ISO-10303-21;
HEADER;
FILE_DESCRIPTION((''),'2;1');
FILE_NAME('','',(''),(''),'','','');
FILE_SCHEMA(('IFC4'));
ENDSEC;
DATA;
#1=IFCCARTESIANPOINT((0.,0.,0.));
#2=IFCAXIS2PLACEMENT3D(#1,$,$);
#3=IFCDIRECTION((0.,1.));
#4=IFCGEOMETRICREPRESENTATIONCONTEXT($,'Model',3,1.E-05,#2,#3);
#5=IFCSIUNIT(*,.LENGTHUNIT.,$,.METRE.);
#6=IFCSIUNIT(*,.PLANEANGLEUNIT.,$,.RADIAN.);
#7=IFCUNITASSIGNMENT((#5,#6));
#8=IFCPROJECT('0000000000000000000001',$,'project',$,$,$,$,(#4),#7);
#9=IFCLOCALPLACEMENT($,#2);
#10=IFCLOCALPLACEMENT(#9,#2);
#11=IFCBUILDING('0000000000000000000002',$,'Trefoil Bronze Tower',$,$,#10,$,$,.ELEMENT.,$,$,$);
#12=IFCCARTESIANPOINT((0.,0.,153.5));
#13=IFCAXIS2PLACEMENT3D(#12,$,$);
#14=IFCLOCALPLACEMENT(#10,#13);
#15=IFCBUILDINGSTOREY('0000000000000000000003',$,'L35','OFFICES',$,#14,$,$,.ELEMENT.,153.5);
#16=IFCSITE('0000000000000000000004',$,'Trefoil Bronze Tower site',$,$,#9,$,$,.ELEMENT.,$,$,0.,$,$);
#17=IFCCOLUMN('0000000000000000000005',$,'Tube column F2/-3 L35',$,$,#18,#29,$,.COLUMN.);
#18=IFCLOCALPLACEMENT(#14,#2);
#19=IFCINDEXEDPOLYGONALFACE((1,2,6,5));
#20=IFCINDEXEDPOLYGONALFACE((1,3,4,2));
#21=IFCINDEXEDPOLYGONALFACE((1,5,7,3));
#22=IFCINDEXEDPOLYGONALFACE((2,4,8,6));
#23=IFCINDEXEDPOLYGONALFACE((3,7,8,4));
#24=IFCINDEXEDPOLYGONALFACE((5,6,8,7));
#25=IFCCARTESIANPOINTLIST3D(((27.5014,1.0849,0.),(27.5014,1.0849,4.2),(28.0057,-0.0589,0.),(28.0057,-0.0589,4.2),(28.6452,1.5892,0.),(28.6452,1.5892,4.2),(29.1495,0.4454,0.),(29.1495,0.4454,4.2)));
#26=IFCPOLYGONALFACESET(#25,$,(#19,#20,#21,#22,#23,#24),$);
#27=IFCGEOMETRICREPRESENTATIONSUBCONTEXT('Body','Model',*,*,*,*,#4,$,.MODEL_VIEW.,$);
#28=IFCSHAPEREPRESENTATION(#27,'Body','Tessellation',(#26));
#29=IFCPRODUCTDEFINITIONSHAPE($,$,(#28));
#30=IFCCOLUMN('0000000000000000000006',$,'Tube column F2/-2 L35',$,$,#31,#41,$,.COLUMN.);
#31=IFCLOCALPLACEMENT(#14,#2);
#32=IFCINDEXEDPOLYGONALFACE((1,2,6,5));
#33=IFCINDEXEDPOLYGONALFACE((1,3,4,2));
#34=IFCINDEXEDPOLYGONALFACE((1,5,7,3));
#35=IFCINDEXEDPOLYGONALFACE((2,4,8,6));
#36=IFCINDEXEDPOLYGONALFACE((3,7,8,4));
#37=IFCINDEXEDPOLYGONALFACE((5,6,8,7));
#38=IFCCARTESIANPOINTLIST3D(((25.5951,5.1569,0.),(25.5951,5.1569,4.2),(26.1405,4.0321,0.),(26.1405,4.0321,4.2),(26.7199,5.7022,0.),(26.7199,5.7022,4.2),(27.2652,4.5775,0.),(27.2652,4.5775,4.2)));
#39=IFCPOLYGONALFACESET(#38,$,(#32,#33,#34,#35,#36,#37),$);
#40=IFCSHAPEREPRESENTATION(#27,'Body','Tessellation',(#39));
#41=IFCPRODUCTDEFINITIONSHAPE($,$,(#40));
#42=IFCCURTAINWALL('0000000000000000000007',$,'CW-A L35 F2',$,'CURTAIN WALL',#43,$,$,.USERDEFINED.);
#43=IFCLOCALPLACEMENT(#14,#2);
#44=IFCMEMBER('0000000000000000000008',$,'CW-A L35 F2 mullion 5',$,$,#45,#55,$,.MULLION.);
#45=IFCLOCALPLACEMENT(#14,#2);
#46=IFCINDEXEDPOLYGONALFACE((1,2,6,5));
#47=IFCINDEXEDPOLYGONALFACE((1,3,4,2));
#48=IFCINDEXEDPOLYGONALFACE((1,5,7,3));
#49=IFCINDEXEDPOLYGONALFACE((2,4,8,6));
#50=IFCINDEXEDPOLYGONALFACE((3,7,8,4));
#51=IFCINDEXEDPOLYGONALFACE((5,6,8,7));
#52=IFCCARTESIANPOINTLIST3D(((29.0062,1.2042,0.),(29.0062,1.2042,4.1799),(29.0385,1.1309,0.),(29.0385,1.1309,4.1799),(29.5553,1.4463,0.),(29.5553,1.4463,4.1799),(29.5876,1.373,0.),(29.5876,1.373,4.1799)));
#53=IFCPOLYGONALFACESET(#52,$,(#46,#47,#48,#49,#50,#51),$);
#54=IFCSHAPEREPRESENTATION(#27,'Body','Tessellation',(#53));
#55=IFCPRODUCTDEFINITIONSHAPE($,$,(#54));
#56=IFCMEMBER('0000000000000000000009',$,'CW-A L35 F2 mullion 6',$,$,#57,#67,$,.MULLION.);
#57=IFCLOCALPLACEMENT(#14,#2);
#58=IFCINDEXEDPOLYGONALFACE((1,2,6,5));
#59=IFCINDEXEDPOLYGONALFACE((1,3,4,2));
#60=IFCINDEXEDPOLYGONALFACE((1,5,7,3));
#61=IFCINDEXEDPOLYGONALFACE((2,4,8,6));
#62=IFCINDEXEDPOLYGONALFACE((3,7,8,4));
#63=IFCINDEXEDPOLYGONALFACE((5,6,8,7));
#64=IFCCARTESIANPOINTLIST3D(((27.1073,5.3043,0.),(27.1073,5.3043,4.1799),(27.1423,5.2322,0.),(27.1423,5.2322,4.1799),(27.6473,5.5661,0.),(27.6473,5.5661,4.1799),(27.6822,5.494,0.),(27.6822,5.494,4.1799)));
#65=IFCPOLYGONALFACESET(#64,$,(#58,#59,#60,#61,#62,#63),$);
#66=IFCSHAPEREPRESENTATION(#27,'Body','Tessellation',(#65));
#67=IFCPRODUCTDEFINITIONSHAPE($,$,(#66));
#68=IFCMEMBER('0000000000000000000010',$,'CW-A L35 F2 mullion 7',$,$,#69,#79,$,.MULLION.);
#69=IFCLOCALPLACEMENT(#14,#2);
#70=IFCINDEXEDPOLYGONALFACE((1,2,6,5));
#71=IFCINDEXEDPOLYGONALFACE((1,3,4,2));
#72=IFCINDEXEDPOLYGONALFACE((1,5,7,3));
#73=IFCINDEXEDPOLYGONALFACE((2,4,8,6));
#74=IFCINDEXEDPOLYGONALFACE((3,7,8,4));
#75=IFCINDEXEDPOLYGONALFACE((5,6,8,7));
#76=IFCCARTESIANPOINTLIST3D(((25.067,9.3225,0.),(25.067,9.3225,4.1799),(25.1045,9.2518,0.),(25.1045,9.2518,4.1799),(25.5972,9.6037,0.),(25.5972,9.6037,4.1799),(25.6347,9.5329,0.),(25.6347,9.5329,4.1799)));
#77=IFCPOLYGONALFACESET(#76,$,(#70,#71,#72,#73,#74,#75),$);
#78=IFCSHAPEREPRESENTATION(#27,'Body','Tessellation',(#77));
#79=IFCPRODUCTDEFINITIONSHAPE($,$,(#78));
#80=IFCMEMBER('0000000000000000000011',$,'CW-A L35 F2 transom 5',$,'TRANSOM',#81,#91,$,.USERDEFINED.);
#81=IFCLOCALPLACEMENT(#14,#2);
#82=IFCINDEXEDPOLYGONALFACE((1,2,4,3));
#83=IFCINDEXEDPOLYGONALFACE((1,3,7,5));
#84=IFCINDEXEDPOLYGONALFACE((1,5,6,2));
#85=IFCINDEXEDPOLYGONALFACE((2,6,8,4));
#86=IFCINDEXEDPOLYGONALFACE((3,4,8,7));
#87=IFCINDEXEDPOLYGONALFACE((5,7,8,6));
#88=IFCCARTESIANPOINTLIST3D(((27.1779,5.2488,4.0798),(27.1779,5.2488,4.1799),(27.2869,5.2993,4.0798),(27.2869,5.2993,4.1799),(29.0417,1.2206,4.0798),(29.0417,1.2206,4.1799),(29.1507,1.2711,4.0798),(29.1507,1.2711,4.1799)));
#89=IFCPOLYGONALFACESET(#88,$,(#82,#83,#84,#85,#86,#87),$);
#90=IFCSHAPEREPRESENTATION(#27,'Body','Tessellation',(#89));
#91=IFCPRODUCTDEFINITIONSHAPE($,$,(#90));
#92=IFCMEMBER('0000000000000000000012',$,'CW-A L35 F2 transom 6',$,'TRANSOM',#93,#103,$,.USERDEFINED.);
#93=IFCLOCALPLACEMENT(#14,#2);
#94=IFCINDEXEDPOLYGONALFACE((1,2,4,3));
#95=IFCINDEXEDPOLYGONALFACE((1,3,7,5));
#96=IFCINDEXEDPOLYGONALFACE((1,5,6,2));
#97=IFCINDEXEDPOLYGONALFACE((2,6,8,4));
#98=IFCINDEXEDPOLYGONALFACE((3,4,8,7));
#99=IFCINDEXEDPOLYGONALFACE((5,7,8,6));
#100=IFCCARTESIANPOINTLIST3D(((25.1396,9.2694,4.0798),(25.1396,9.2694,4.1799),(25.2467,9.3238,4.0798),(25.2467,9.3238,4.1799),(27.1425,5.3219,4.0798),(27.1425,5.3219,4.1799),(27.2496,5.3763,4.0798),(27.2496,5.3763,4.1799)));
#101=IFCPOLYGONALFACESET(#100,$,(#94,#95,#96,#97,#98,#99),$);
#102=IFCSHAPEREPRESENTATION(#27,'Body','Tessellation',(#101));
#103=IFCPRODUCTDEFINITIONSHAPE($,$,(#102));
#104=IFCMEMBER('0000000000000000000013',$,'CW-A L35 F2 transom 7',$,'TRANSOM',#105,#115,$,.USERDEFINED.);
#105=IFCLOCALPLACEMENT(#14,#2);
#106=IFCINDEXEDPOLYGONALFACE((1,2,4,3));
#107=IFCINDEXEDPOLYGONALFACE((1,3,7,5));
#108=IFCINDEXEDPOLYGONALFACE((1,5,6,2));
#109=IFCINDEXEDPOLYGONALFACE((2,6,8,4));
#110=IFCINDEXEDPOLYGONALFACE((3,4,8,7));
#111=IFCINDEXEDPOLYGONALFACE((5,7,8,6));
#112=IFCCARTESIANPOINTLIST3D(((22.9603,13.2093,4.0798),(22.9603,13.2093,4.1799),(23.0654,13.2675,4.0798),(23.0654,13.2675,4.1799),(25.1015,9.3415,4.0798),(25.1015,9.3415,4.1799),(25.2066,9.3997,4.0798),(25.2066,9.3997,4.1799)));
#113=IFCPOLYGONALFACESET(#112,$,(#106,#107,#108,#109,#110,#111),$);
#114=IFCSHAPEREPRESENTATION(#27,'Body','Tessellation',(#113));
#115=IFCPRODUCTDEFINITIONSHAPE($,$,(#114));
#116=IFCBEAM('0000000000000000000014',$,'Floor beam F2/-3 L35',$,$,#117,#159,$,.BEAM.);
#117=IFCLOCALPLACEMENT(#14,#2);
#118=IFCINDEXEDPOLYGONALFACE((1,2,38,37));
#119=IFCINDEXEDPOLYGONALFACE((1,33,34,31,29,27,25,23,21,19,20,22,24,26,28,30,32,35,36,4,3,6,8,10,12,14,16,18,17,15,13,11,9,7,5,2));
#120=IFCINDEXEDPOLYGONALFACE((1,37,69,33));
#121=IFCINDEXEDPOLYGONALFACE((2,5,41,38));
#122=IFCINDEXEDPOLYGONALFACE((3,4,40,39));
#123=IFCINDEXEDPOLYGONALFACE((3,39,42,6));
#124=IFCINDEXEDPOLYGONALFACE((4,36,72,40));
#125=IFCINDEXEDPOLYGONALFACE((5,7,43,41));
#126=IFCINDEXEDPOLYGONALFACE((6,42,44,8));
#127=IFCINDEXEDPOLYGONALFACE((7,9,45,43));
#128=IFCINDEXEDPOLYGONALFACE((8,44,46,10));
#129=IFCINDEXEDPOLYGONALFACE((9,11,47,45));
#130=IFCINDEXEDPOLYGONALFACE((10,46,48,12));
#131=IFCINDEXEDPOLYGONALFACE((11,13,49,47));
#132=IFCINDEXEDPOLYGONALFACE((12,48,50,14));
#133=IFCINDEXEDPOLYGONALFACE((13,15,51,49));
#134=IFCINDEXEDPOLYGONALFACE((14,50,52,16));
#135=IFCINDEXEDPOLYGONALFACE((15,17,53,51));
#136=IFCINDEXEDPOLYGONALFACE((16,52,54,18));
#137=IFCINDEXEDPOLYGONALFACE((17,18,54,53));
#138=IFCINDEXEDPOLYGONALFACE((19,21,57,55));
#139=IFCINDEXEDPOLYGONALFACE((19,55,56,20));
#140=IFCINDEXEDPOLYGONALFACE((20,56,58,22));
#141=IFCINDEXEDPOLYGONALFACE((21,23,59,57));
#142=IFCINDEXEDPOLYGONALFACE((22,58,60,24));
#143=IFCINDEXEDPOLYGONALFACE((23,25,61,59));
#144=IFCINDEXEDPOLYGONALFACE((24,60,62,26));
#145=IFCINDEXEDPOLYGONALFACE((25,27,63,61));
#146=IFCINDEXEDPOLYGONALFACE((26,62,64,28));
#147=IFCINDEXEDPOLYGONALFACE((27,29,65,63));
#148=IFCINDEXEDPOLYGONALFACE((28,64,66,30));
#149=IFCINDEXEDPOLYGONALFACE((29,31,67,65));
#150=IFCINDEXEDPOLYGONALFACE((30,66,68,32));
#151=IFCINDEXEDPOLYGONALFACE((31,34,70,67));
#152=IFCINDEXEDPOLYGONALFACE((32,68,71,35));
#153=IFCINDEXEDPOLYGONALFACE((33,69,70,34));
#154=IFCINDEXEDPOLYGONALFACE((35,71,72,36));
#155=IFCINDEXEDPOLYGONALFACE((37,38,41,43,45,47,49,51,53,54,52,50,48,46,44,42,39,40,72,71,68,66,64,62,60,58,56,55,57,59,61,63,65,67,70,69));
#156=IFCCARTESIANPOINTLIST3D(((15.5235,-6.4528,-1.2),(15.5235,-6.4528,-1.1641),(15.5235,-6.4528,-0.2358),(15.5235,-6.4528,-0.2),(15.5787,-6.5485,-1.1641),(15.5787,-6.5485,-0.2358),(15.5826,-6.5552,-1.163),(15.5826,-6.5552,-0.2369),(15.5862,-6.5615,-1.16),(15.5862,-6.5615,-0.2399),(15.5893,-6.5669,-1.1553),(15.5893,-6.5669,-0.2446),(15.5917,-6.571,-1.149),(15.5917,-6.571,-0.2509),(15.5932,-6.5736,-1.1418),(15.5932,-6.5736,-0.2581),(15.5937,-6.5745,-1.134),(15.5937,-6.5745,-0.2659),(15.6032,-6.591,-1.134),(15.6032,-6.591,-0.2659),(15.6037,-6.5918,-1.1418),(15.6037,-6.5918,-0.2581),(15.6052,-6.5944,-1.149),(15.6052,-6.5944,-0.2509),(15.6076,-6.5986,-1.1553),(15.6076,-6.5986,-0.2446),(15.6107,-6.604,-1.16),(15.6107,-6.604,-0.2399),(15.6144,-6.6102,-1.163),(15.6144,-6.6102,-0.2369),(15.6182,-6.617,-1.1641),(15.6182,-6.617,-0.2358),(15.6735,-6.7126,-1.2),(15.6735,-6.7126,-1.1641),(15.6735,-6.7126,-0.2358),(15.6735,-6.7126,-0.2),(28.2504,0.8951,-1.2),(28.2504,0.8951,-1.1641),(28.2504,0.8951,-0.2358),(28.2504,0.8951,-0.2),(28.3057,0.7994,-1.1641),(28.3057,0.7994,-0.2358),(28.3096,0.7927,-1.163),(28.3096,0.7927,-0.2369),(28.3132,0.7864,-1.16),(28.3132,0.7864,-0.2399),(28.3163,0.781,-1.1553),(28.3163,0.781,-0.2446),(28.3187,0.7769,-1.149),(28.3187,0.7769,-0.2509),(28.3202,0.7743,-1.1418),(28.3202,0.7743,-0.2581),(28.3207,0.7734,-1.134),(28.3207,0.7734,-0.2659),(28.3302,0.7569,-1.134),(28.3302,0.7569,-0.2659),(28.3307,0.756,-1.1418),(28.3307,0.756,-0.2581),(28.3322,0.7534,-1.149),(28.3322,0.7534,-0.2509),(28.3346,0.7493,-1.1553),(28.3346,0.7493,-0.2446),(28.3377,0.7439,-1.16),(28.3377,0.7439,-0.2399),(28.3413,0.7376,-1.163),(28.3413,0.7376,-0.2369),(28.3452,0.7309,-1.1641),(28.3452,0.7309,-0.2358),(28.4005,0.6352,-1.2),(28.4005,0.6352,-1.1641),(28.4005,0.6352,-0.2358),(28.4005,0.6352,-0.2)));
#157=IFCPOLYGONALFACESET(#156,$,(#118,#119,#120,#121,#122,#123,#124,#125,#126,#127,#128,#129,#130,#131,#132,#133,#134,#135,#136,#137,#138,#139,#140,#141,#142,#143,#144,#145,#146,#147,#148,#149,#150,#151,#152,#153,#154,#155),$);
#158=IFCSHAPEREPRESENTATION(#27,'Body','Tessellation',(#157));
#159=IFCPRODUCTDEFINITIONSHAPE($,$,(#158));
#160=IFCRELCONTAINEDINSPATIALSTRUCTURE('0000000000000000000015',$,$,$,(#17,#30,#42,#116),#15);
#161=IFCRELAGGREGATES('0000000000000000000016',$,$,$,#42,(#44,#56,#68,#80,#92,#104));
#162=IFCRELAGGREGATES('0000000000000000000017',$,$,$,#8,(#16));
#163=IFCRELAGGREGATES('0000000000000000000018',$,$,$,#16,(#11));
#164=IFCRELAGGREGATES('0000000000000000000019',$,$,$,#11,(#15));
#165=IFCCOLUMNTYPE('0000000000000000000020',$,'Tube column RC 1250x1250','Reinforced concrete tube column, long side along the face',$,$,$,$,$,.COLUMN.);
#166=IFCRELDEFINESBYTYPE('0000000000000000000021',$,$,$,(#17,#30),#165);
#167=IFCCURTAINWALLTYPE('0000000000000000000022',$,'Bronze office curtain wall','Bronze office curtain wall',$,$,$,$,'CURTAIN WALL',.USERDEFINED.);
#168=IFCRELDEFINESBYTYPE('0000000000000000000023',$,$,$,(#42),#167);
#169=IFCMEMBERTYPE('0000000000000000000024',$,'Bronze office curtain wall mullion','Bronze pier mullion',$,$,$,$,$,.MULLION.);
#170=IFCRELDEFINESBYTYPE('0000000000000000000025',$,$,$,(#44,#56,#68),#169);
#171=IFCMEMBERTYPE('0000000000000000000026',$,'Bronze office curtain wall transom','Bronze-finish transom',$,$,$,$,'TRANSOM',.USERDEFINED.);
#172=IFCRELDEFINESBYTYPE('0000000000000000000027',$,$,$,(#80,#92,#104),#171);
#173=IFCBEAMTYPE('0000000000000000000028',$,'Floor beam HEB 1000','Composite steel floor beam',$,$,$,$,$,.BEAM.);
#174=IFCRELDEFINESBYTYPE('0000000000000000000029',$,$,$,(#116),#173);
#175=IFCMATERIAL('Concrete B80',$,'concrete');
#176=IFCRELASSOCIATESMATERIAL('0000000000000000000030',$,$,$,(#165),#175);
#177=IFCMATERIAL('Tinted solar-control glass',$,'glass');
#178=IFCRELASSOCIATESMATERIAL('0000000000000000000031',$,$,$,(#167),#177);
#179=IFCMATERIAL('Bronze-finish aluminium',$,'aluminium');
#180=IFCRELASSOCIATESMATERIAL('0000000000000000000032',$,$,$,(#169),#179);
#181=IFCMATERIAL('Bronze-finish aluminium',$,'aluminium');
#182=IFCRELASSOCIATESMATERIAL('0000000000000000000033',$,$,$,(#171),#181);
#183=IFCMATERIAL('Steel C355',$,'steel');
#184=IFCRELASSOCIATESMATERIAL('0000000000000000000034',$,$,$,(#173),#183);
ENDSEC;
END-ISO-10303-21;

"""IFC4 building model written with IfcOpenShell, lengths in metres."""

from ifc_helpers import new_model, si_unit, direction, frame, origin, origin_2d, place, context, subcontext, project, spatial, rectangle, i_section, extrude, material, material_profile, profile_set, type_object, element, aggregate, save


model = new_model("IFC4")

# Units and contexts
model_context = context("Model", 3, precision=1e-05, world=origin(), true_north=direction((0.0, 1.0)))
body_context = subcontext(model_context, "Body", "Model", "MODEL_VIEW")
ifc_project = project(units=[si_unit("LENGTHUNIT", "METRE"), si_unit("PLANEANGLEUNIT", "RADIAN")], contexts=[model_context])

# Site, building, storey
site_placement = place(None, origin())
site = spatial("IfcSite", under=ifc_project, at=site_placement, Name="Trefoil Bronze Tower site", CompositionType="ELEMENT", RefElevation=0.0)
building_placement = place(site_placement, origin())
building = spatial("IfcBuilding", under=site, at=building_placement, Name="Trefoil Bronze Tower", CompositionType="ELEMENT")
storey_placement = place(building_placement, frame((0.0, 0.0, 153.5)))
storey = spatial("IfcBuildingStorey", under=building, at=storey_placement, Name="L35", Description="OFFICES", CompositionType="ELEMENT", Elevation=153.5)

# Columns
ifc_material_1 = material(Name="Concrete B80", Category="concrete")
ifc_material_profile_1 = material_profile(ifc_material_1, rectangle(XDim=1.25, YDim=1.25, at=origin_2d()), Name="RC 1250x1250")
ifc_profile_set_1 = profile_set([ifc_material_profile_1], Name="Concrete B80")
column_type = type_object("IfcColumnType", Name="Tube column RC 1250x1250", Description="Reinforced concrete tube column, long side along the face", PredefinedType="COLUMN", material=ifc_profile_set_1)
for number, where, z_axis, x_axis, name in (
    (1, (28.3254, 0.7651, 0.0), (0.0, 0.0, 1.0), (-0.403412, 0.915018, 0.0), "Tube column F2/-3 L35"),
    (2, (26.4302, 4.8672, 0.0), (0.0, 0.0, 1.0), (-0.436262, 0.89982, 0.0), "Tube column F2/-2 L35"),
):
    element("IfcColumn", number, at=place(storey_placement, frame(where, z_axis=z_axis, x_axis=x_axis)), inside=storey, type_object=column_type, Name=name, PredefinedType="COLUMN", context=body_context, shape_type="SweptSolid", body=[
        extrude(rectangle(XDim=1.25, YDim=1.25, at=origin_2d()), origin(), (0.0, 0.0, 1.0), 4.2),
    ])

# Curtain wall, members
ifc_material_2 = material(Name="Tinted solar-control glass", Category="glass")
curtain_wall_type = type_object("IfcCurtainWallType", Name="Bronze office curtain wall", Description="Bronze office curtain wall", ElementType="CURTAIN WALL", PredefinedType="USERDEFINED", material=ifc_material_2)
curtain_wall_placement = place(storey_placement, origin())
curtain_wall = element("IfcCurtainWall", 3, at=curtain_wall_placement, inside=storey, type_object=curtain_wall_type, Name="CW-A L35 F2", ObjectType="CURTAIN WALL", PredefinedType="USERDEFINED")
ifc_material_3 = material(Name="Bronze-finish aluminium", Category="aluminium")
ifc_material_profile_2 = material_profile(ifc_material_3, rectangle(XDim=0.6001, YDim=0.0801, at=origin_2d()), Name="CW-A mullion")
ifc_profile_set_2 = profile_set([ifc_material_profile_2], Name="Bronze-finish aluminium")
member_type_1 = type_object("IfcMemberType", Name="Bronze office curtain wall mullion", Description="Bronze pier mullion", PredefinedType="MULLION", material=ifc_profile_set_2)
member_1_placement = place(storey_placement, frame((29.2969, 1.2886, 0.0), z_axis=(0.0, 0.0, 1.0), x_axis=(-0.915018, -0.403412, 0.0)))
member_1 = element("IfcMember", 4, at=member_1_placement, type_object=member_type_1, Name="CW-A L35 F2 mullion 5", PredefinedType="MULLION", context=body_context, shape_type="SweptSolid", body=[
    extrude(rectangle(XDim=0.6001, YDim=0.0801, at=origin_2d()), origin(), (0.0, 0.0, 1.0), 4.1799),
])
member_2_placement = place(storey_placement, frame((27.3948, 5.3992, 0.0), z_axis=(0.0, 0.0, 1.0), x_axis=(-0.89982, -0.436262, 0.0)))
member_2 = element("IfcMember", 5, at=member_2_placement, type_object=member_type_1, Name="CW-A L35 F2 mullion 6", PredefinedType="MULLION", context=body_context, shape_type="SweptSolid", body=[
    extrude(rectangle(XDim=0.6001, YDim=0.0801, at=origin_2d()), origin(), (0.0, 0.0, 1.0), 4.1799),
])
member_3_placement = place(storey_placement, frame((25.3508, 9.4277, 0.0), z_axis=(0.0, 0.0, 1.0), x_axis=(-0.883486, -0.468457, 0.0)))
member_3 = element("IfcMember", 6, at=member_3_placement, type_object=member_type_1, Name="CW-A L35 F2 mullion 7", PredefinedType="MULLION", context=body_context, shape_type="SweptSolid", body=[
    extrude(rectangle(XDim=0.6001, YDim=0.0801, at=origin_2d()), origin(), (0.0, 0.0, 1.0), 4.1799),
])
ifc_material_4 = material(Name="Bronze-finish aluminium", Category="aluminium")
ifc_material_profile_3 = material_profile(ifc_material_4, rectangle(XDim=0.1201, YDim=0.1001, at=origin_2d()), Name="CW-A transom")
ifc_profile_set_3 = profile_set([ifc_material_profile_3], Name="Bronze-finish aluminium")
member_type_2 = type_object("IfcMemberType", Name="Bronze office curtain wall transom", Description="Bronze-finish transom", ElementType="TRANSOM", PredefinedType="USERDEFINED", material=ifc_profile_set_3)
member_4_placement = place(storey_placement, frame((29.0962, 1.2458, 4.1299), z_axis=(-0.419923, 0.90756, 0.0), x_axis=(-0.90756, -0.419923, 0.0)))
member_4 = element("IfcMember", 7, at=member_4_placement, type_object=member_type_2, Name="CW-A L35 F2 transom 5", ObjectType="TRANSOM", PredefinedType="USERDEFINED", context=body_context, shape_type="SweptSolid", body=[
    extrude(rectangle(XDim=0.1201, YDim=0.1001, at=origin_2d()), origin(), (0.0, 0.0, 1.0), 4.4385),
])
member_5_placement = place(storey_placement, frame((27.196, 5.3491, 4.1299), z_axis=(-0.452478, 0.891775, 0.0), x_axis=(-0.891775, -0.452478, 0.0)))
member_5 = element("IfcMember", 8, at=member_5_placement, type_object=member_type_2, Name="CW-A L35 F2 transom 6", ObjectType="TRANSOM", PredefinedType="USERDEFINED", context=body_context, shape_type="SweptSolid", body=[
    extrude(rectangle(XDim=0.1201, YDim=0.1001, at=origin_2d()), origin(), (0.0, 0.0, 1.0), 4.4265),
])
member_6_placement = place(storey_placement, frame((25.1541, 9.3706, 4.1299), z_axis=(-0.484329, 0.874886, 0.0), x_axis=(-0.874886, -0.484329, 0.0)))
member_6 = element("IfcMember", 9, at=member_6_placement, type_object=member_type_2, Name="CW-A L35 F2 transom 7", ObjectType="TRANSOM", PredefinedType="USERDEFINED", context=body_context, shape_type="SweptSolid", body=[
    extrude(rectangle(XDim=0.1201, YDim=0.1001, at=origin_2d()), origin(), (0.0, 0.0, 1.0), 4.4209),
])

# Beam
ifc_material_5 = material(Name="Steel C355", Category="steel")
ifc_material_profile_4 = material_profile(ifc_material_5, i_section(OverallWidth=0.3, OverallDepth=1.0, WebThickness=0.019, FlangeThickness=0.0359, FilletRadius=0.03, at=origin_2d()), Name="HEB 1000")
ifc_profile_set_4 = profile_set([ifc_material_profile_4], Name="Steel C355")
beam_type_1 = type_object("IfcBeamType", Name="Floor beam HEB 1000", Description="Composite steel floor beam", PredefinedType="BEAM", material=ifc_profile_set_4)
beam_1_placement = place(storey_placement, frame((28.3254, 0.7651, -0.7), z_axis=(-0.866027, -0.499997, 0.0), x_axis=(0.499997, -0.866027, 0.0)))
element("IfcBeam", 10, at=beam_1_placement, inside=storey, type_object=beam_type_1, Name="Floor beam F2/-3 L35", PredefinedType="BEAM", context=body_context, shape_type="SweptSolid", body=[
    extrude(i_section(OverallWidth=0.3, OverallDepth=1.0, WebThickness=0.019, FlangeThickness=0.0359, FilletRadius=0.03, at=origin_2d()), origin(), (0.0, 0.0, 1.0), 14.6958),
])

aggregate(curtain_wall, [member_1, member_2, member_3, member_4, member_5, member_6])

save(model, "model.ifc")
